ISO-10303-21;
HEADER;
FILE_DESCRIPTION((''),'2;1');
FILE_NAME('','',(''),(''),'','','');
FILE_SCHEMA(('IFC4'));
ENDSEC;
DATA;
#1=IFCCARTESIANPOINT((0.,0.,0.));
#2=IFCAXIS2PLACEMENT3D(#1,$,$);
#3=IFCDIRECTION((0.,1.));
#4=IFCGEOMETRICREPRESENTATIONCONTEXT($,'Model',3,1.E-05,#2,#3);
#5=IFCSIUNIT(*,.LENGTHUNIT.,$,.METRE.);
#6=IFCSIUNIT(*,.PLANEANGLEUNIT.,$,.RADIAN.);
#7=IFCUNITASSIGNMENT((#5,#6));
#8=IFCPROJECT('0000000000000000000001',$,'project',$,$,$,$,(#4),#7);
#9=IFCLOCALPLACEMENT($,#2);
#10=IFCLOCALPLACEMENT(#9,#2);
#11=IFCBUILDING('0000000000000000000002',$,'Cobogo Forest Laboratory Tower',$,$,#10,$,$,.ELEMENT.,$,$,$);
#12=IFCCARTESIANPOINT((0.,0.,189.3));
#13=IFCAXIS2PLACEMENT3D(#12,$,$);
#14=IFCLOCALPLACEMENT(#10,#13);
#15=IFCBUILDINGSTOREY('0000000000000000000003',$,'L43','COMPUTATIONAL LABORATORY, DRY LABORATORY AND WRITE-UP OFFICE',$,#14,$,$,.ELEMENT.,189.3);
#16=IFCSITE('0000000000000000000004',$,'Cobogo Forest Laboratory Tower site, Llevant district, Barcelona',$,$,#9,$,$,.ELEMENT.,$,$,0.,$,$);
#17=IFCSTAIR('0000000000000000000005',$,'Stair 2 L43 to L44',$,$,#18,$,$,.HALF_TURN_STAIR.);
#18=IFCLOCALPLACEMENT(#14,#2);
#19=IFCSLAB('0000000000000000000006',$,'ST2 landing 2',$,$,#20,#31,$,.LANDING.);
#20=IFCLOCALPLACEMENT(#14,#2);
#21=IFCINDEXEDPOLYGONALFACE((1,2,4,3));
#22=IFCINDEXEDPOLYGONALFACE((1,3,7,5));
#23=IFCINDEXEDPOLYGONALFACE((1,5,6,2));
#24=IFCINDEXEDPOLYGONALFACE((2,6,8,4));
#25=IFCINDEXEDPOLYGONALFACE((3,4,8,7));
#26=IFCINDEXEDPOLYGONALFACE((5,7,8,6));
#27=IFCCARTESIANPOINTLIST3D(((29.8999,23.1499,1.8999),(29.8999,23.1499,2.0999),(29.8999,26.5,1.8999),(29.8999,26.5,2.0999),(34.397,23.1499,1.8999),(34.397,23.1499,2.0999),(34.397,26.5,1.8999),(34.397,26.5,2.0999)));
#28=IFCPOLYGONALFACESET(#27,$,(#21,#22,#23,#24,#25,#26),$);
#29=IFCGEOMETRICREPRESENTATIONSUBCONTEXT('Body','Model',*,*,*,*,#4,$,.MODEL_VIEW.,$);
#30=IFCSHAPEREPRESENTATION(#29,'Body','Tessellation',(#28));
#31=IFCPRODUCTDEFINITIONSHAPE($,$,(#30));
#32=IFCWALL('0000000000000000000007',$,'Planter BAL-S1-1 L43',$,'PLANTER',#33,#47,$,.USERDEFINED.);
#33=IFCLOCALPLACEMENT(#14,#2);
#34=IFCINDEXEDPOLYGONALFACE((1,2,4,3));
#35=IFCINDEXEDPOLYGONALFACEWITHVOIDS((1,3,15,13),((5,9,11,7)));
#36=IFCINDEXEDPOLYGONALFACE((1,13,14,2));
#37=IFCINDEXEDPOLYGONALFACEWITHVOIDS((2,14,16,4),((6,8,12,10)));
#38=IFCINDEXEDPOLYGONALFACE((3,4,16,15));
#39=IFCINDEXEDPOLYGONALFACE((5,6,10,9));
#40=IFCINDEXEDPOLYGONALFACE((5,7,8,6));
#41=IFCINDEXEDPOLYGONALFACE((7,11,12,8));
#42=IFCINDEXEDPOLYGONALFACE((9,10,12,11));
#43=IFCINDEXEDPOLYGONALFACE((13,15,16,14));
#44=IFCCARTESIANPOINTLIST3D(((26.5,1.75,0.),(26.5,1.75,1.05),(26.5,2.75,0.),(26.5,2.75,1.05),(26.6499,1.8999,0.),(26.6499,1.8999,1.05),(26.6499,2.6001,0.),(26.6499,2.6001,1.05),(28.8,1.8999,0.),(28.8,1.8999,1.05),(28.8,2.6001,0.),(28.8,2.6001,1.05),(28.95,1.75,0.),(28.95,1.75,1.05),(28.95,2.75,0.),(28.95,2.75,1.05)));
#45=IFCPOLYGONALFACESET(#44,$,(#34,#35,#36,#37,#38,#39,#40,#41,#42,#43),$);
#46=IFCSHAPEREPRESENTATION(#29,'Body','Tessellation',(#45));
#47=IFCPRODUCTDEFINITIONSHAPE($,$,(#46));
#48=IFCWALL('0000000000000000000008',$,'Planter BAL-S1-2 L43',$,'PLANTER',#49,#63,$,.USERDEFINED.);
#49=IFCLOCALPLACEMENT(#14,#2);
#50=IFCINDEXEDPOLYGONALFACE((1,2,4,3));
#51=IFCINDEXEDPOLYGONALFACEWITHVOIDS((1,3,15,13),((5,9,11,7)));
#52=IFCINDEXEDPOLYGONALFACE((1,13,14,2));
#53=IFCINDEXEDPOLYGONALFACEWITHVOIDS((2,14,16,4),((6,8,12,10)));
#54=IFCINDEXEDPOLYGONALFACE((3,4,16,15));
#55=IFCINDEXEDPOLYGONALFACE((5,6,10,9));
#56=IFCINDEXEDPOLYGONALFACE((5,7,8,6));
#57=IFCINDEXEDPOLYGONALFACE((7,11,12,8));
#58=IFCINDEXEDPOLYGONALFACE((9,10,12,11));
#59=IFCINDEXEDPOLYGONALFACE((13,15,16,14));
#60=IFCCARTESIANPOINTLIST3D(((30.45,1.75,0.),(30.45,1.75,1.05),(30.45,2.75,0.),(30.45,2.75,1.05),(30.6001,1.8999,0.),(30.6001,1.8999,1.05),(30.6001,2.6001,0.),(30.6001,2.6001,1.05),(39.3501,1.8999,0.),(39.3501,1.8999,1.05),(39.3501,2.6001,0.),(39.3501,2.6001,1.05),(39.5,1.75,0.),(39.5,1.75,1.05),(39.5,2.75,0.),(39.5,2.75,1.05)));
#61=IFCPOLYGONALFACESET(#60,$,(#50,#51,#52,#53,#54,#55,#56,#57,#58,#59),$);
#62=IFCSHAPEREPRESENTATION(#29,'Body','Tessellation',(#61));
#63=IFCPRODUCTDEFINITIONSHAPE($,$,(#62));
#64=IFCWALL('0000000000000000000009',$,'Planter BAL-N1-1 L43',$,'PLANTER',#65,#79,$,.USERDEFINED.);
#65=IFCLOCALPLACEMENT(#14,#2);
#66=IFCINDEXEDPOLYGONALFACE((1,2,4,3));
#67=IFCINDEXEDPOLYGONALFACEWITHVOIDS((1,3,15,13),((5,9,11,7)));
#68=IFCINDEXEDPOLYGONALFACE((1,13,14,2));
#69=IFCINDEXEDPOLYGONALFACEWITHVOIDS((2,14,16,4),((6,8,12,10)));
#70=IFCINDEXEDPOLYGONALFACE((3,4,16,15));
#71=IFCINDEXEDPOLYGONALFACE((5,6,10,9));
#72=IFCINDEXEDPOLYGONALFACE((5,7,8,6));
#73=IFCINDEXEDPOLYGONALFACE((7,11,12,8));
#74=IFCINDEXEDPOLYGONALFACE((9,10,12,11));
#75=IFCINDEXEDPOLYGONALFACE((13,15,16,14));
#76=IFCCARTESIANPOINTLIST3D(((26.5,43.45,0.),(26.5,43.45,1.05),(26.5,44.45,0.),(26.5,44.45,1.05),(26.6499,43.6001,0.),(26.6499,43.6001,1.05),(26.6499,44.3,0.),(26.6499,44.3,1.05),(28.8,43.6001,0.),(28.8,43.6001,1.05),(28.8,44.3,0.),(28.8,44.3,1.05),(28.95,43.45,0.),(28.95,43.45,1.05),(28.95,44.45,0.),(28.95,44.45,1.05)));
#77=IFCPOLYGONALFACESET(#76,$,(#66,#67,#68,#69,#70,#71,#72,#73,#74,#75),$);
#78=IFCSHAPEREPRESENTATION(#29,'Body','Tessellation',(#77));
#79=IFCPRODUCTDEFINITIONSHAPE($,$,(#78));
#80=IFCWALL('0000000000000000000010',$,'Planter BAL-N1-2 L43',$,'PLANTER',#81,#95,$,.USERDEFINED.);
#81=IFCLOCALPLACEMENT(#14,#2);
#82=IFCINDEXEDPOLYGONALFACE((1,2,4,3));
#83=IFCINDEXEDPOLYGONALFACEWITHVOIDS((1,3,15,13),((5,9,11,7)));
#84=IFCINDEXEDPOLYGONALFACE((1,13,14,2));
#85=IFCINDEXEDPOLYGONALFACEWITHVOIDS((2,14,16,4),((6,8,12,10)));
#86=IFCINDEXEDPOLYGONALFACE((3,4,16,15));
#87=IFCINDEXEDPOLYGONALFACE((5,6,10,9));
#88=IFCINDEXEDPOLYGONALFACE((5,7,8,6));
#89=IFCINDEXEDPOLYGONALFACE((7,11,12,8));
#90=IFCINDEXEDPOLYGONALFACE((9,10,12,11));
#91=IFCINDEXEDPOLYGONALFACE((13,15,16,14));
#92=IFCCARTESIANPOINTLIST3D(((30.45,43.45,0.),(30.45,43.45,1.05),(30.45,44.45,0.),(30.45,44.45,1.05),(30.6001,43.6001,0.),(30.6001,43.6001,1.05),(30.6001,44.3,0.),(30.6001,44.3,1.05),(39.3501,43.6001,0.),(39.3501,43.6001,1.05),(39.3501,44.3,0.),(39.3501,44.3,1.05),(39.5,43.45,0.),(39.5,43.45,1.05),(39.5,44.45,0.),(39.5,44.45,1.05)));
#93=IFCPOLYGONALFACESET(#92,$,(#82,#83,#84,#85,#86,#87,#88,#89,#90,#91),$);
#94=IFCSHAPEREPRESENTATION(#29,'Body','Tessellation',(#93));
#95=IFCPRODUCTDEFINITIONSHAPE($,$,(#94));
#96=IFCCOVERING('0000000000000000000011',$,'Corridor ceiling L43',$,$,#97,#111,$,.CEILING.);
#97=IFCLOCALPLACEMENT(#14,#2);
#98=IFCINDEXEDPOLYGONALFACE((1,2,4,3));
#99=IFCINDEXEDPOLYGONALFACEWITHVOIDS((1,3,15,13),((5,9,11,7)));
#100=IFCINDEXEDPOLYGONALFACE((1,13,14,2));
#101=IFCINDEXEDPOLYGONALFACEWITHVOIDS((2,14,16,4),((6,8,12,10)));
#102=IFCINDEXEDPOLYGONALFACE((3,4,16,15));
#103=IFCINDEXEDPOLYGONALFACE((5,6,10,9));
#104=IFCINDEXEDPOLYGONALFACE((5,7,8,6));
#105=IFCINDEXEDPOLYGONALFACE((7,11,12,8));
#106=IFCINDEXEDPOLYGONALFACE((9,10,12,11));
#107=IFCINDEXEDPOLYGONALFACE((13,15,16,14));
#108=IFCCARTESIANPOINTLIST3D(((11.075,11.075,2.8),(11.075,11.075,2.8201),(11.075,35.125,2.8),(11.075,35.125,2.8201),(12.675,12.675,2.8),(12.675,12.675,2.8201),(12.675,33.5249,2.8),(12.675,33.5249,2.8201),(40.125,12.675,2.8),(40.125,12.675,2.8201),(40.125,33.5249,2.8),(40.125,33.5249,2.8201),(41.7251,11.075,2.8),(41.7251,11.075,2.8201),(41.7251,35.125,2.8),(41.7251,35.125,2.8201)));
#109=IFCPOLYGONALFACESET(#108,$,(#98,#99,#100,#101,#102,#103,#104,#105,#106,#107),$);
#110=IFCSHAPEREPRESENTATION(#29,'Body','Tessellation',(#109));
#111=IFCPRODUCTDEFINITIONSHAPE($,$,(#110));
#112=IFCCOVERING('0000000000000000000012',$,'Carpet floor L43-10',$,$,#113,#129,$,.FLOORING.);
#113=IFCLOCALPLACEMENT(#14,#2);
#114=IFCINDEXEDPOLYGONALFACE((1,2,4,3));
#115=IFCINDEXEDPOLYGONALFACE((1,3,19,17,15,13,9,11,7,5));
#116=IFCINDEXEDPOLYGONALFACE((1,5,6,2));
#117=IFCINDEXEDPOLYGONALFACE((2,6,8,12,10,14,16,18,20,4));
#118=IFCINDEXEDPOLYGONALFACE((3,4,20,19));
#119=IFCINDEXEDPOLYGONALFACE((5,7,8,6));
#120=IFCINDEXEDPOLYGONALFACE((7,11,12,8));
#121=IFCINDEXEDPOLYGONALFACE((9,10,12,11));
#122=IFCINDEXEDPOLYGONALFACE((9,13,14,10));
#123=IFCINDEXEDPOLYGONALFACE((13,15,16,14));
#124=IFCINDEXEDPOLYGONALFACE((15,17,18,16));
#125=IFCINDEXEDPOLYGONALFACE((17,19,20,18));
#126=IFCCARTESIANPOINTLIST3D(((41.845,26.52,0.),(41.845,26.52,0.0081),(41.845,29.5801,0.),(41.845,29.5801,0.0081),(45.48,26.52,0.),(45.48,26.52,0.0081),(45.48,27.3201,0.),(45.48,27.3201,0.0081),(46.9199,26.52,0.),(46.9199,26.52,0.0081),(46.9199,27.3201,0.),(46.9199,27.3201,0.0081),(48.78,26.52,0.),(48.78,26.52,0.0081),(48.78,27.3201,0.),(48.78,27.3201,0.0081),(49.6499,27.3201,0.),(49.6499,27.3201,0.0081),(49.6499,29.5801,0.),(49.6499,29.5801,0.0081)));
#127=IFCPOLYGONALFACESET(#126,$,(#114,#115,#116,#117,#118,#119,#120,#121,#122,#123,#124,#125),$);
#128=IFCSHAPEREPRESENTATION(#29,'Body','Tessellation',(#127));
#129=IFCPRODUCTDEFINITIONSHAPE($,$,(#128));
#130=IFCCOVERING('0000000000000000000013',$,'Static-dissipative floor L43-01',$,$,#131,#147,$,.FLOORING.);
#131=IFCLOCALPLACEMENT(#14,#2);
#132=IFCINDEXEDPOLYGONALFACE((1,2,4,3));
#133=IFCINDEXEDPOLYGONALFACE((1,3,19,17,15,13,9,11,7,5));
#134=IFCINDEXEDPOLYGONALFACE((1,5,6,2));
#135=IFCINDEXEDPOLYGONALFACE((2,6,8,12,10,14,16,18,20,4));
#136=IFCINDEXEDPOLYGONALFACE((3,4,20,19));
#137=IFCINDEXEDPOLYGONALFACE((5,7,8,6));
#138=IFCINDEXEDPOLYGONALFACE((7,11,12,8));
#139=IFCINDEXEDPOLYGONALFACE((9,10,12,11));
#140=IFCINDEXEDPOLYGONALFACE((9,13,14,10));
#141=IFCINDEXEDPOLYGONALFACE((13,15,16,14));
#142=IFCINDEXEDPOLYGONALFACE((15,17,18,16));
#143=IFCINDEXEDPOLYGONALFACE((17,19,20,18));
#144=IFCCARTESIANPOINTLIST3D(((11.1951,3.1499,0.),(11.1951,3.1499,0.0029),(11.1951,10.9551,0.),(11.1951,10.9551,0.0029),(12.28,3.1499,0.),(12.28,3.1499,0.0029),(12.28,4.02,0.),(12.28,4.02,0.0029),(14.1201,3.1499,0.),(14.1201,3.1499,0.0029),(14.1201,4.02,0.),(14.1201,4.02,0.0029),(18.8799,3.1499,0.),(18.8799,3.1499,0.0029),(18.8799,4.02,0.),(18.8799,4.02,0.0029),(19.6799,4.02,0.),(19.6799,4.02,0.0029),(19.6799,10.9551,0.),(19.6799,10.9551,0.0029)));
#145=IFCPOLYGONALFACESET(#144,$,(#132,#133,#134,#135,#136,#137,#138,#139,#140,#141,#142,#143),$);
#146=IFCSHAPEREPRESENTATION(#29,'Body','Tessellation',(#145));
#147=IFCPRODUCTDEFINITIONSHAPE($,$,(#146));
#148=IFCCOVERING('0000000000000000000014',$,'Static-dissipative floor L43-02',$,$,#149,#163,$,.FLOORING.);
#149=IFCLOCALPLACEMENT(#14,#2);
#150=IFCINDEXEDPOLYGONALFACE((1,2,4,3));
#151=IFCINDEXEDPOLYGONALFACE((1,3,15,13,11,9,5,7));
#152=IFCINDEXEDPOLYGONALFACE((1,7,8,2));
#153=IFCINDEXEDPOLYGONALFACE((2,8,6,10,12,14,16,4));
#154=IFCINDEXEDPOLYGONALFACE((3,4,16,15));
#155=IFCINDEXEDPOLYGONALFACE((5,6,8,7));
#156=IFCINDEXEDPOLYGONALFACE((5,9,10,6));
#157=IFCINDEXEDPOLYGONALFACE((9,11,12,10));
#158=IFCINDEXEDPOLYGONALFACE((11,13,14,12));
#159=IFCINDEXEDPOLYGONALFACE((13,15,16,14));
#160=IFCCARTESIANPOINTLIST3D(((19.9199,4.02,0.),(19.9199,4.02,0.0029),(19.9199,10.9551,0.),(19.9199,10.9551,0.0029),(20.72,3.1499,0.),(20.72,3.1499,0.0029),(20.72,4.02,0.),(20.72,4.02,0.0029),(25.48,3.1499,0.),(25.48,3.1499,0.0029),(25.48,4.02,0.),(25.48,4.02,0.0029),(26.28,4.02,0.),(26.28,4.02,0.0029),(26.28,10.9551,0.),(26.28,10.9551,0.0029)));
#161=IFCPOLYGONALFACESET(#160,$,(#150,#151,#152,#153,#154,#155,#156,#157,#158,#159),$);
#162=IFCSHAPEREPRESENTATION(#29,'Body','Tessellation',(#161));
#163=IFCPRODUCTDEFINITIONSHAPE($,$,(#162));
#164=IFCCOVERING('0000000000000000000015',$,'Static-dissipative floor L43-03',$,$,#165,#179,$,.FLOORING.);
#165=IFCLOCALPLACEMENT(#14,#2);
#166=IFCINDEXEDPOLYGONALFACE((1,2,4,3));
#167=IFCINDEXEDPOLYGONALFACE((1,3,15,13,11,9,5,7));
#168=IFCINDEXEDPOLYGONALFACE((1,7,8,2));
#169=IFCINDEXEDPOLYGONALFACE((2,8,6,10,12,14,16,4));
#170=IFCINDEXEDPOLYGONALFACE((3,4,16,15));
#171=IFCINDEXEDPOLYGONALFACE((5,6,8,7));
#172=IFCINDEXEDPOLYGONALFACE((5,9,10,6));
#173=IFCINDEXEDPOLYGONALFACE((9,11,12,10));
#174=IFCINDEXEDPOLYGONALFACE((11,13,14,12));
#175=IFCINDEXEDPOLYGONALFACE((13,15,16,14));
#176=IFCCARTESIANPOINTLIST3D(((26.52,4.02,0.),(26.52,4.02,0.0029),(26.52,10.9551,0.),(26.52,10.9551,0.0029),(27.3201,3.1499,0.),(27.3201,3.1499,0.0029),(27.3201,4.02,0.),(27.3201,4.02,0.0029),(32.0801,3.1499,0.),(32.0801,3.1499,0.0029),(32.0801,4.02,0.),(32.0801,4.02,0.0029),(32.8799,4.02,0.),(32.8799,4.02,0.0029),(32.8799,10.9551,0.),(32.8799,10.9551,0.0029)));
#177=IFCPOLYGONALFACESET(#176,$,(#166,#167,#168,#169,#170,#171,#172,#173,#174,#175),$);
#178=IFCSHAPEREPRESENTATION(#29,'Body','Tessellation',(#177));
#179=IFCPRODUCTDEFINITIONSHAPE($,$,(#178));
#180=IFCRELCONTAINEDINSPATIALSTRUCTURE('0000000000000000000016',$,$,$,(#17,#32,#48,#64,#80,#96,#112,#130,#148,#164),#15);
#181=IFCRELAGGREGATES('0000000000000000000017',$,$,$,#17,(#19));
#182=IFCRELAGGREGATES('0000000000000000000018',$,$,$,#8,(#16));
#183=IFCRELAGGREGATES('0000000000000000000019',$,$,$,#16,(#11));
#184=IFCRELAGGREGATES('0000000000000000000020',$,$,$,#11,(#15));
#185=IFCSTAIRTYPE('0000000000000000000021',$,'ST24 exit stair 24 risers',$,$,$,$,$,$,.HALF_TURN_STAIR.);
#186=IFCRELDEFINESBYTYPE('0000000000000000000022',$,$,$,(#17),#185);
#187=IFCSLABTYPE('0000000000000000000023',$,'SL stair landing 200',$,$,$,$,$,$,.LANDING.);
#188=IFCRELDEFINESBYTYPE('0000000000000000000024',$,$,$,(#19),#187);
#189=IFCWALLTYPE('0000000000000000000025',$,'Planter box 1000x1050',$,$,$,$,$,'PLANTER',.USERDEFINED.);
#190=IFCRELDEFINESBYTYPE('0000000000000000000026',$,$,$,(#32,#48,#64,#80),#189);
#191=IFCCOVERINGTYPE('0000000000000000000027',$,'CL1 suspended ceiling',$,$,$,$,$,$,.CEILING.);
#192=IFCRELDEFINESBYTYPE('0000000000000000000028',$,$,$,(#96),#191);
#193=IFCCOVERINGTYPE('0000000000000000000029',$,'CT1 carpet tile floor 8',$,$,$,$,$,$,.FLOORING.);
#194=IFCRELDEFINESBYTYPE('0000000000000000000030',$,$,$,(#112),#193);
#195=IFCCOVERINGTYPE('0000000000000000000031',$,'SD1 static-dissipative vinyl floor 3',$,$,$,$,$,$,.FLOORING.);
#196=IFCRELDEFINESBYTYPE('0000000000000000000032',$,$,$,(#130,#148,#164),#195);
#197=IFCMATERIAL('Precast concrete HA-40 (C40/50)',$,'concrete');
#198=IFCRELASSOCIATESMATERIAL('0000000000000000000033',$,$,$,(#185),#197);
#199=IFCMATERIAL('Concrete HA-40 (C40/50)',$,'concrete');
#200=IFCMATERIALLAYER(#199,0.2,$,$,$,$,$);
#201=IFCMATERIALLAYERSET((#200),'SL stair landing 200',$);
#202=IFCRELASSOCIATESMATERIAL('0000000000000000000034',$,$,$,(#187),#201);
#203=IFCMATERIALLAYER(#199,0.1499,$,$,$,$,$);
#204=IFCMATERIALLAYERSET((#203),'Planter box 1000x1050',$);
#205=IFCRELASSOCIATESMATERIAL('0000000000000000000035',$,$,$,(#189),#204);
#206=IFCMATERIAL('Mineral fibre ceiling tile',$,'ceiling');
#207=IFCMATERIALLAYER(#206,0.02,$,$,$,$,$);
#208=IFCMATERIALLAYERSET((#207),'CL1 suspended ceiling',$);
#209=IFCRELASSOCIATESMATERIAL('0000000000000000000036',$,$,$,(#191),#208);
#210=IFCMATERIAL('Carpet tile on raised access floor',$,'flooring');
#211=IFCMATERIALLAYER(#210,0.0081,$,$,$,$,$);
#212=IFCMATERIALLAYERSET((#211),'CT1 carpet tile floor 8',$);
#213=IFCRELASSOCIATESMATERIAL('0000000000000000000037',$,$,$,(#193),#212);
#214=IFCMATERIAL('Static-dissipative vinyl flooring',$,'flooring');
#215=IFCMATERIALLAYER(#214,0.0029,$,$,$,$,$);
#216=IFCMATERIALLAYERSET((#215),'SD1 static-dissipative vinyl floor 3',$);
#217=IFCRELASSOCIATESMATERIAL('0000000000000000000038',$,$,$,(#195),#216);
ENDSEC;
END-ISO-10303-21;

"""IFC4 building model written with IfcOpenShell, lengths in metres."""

from ifc_helpers import new_model, si_unit, direction, frame, origin, place, context, subcontext, project, spatial, polyline, outline, extrude, material, layer, layer_set, type_object, element, aggregate, save


model = new_model("IFC4")

# Units and contexts
model_context = context("Model", 3, precision=1e-05, world=origin(), true_north=direction((0.0, 1.0)))
body_context = subcontext(model_context, "Body", "Model", "MODEL_VIEW")
ifc_project = project(units=[si_unit("LENGTHUNIT", "METRE"), si_unit("PLANEANGLEUNIT", "RADIAN")], contexts=[model_context])

# Site, building, storey
site_placement = place(None, origin())
site = spatial("IfcSite", under=ifc_project, at=site_placement, Name="Cobogo Forest Laboratory Tower site, Llevant district, Barcelona", CompositionType="ELEMENT", RefElevation=0.0)
building_placement = place(site_placement, origin())
building = spatial("IfcBuilding", under=site, at=building_placement, Name="Cobogo Forest Laboratory Tower", CompositionType="ELEMENT")
storey_placement = place(building_placement, frame((0.0, 0.0, 189.3)))
storey = spatial("IfcBuildingStorey", under=building, at=storey_placement, Name="L43", Description="COMPUTATIONAL LABORATORY, DRY LABORATORY AND WRITE-UP OFFICE", CompositionType="ELEMENT", Elevation=189.3)

# Shared definitions
ifc_material_1 = material(Name="Concrete HA-40 (C40/50)", Category="concrete")

# Stair, slab
ifc_material_2 = material(Name="Precast concrete HA-40 (C40/50)", Category="concrete")
stair_type = type_object("IfcStairType", Name="ST24 exit stair 24 risers", PredefinedType="HALF_TURN_STAIR", material=ifc_material_2)
ifc_layer_1 = layer(ifc_material_1, 0.2)
ifc_layer_set_1 = layer_set([ifc_layer_1], Name="SL stair landing 200")
slab_type_1 = type_object("IfcSlabType", Name="SL stair landing 200", PredefinedType="LANDING", material=ifc_layer_set_1)
stair_1_placement = place(storey_placement, origin())
stair_1 = element("IfcStair", 1, at=stair_1_placement, inside=storey, type_object=stair_type, Name="Stair 2 L43 to L44", PredefinedType="HALF_TURN_STAIR")
slab_1_placement = place(storey_placement, frame((0.0, 0.0, 1.8999)))
slab_1 = element("IfcSlab", 2, at=slab_1_placement, type_object=slab_type_1, Name="ST2 landing 2", PredefinedType="LANDING", context=body_context, shape_type="SweptSolid", body=[
    extrude(outline(polyline([(29.8999, 23.1499), (34.397, 23.1499), (34.397, 26.5), (29.8999, 26.5), (29.8999, 23.1499)])), origin(), (0.0, 0.0, 1.0), 0.2),
])
aggregate(stair_1, [slab_1])

# Walls
ifc_layer_2 = layer(ifc_material_1, 0.1499)
ifc_layer_set_2 = layer_set([ifc_layer_2], Name="Planter box 1000x1050")
wall_type = type_object("IfcWallType", Name="Planter box 1000x1050", ElementType="PLANTER", PredefinedType="USERDEFINED", material=ifc_layer_set_2)
wall_1_placement = place(storey_placement, origin())
element("IfcWall", 3, at=wall_1_placement, inside=storey, type_object=wall_type, Name="Planter BAL-S1-1 L43", ObjectType="PLANTER", PredefinedType="USERDEFINED", context=body_context, shape_type="SweptSolid", body=[
    extrude(outline(polyline([(26.5, 1.75), (28.95, 1.75), (28.95, 2.75), (26.5, 2.75), (26.5, 1.75)]), holes=[polyline([(26.6499, 1.8999), (28.8, 1.8999), (28.8, 2.6001), (26.6499, 2.6001), (26.6499, 1.8999)])]), origin(), (0.0, 0.0, 1.0), 1.05),
])
wall_2_placement = place(storey_placement, origin())
element("IfcWall", 4, at=wall_2_placement, inside=storey, type_object=wall_type, Name="Planter BAL-S1-2 L43", ObjectType="PLANTER", PredefinedType="USERDEFINED", context=body_context, shape_type="SweptSolid", body=[
    extrude(outline(polyline([(30.45, 1.75), (39.5, 1.75), (39.5, 2.75), (30.45, 2.75), (30.45, 1.75)]), holes=[polyline([(30.6001, 1.8999), (39.3501, 1.8999), (39.3501, 2.6001), (30.6001, 2.6001), (30.6001, 1.8999)])]), origin(), (0.0, 0.0, 1.0), 1.05),
])
wall_3_placement = place(storey_placement, origin())
element("IfcWall", 5, at=wall_3_placement, inside=storey, type_object=wall_type, Name="Planter BAL-N1-1 L43", ObjectType="PLANTER", PredefinedType="USERDEFINED", context=body_context, shape_type="SweptSolid", body=[
    extrude(outline(polyline([(26.5, 43.45), (28.95, 43.45), (28.95, 44.45), (26.5, 44.45), (26.5, 43.45)]), holes=[polyline([(26.6499, 43.6001), (28.8, 43.6001), (28.8, 44.3), (26.6499, 44.3), (26.6499, 43.6001)])]), origin(), (0.0, 0.0, 1.0), 1.05),
])
wall_4_placement = place(storey_placement, origin())
element("IfcWall", 6, at=wall_4_placement, inside=storey, type_object=wall_type, Name="Planter BAL-N1-2 L43", ObjectType="PLANTER", PredefinedType="USERDEFINED", context=body_context, shape_type="SweptSolid", body=[
    extrude(outline(polyline([(30.45, 43.45), (39.5, 43.45), (39.5, 44.45), (30.45, 44.45), (30.45, 43.45)]), holes=[polyline([(30.6001, 43.6001), (39.3501, 43.6001), (39.3501, 44.3), (30.6001, 44.3), (30.6001, 43.6001)])]), origin(), (0.0, 0.0, 1.0), 1.05),
])

# Coverings
ifc_material_3 = material(Name="Mineral fibre ceiling tile", Category="ceiling")
ifc_layer_3 = layer(ifc_material_3, 0.02)
ifc_layer_set_3 = layer_set([ifc_layer_3], Name="CL1 suspended ceiling")
covering_type_1 = type_object("IfcCoveringType", Name="CL1 suspended ceiling", PredefinedType="CEILING", material=ifc_layer_set_3)
covering_1_placement = place(storey_placement, frame((0.0, 0.0, 2.8)))
element("IfcCovering", 7, at=covering_1_placement, inside=storey, type_object=covering_type_1, Name="Corridor ceiling L43", PredefinedType="CEILING", context=body_context, shape_type="SweptSolid", body=[
    extrude(outline(polyline([(11.075, 11.075), (11.075, 35.125), (41.7251, 35.125), (41.7251, 11.075), (11.075, 11.075)]), holes=[polyline([(40.125, 33.5249), (12.675, 33.5249), (12.675, 12.675), (40.125, 12.675), (40.125, 33.5249)])]), origin(), (0.0, 0.0, 1.0), 0.02),
])
ifc_material_4 = material(Name="Carpet tile on raised access floor", Category="flooring")
ifc_layer_4 = layer(ifc_material_4, 0.0081)
ifc_layer_set_4 = layer_set([ifc_layer_4], Name="CT1 carpet tile floor 8")
covering_type_2 = type_object("IfcCoveringType", Name="CT1 carpet tile floor 8", PredefinedType="FLOORING", material=ifc_layer_set_4)
covering_2_placement = place(storey_placement, origin())
element("IfcCovering", 8, at=covering_2_placement, inside=storey, type_object=covering_type_2, Name="Carpet floor L43-10", PredefinedType="FLOORING", context=body_context, shape_type="SweptSolid", body=[
    extrude(outline(polyline([(41.845, 29.5801), (49.6499, 29.5801), (49.6499, 27.3201), (48.78, 27.3201), (48.78, 26.52), (46.9199, 26.52), (46.9199, 27.3201), (45.48, 27.3201), (45.48, 26.52), (41.845, 26.52), (41.845, 29.5801)])), origin(), (0.0, 0.0, 1.0), 0.0081),
])
ifc_material_5 = material(Name="Static-dissipative vinyl flooring", Category="flooring")
ifc_layer_5 = layer(ifc_material_5, 0.0029)
ifc_layer_set_5 = layer_set([ifc_layer_5], Name="SD1 static-dissipative vinyl floor 3")
covering_type_3 = type_object("IfcCoveringType", Name="SD1 static-dissipative vinyl floor 3", PredefinedType="FLOORING", material=ifc_layer_set_5)
covering_3_placement = place(storey_placement, origin())
element("IfcCovering", 9, at=covering_3_placement, inside=storey, type_object=covering_type_3, Name="Static-dissipative floor L43-01", PredefinedType="FLOORING", context=body_context, shape_type="SweptSolid", body=[
    extrude(outline(polyline([(19.6799, 10.9551), (19.6799, 4.02), (18.8799, 4.02), (18.8799, 3.1499), (14.1201, 3.1499), (14.1201, 4.02), (12.28, 4.02), (12.28, 3.1499), (11.1951, 3.1499), (11.1951, 10.9551), (19.6799, 10.9551)])), origin(), (0.0, 0.0, 1.0), 0.0029),
])
covering_4_placement = place(storey_placement, origin())
element("IfcCovering", 10, at=covering_4_placement, inside=storey, type_object=covering_type_3, Name="Static-dissipative floor L43-02", PredefinedType="FLOORING", context=body_context, shape_type="SweptSolid", body=[
    extrude(outline(polyline([(26.28, 10.9551), (26.28, 4.02), (25.48, 4.02), (25.48, 3.1499), (20.72, 3.1499), (20.72, 4.02), (19.9199, 4.02), (19.9199, 10.9551), (26.28, 10.9551)])), origin(), (0.0, 0.0, 1.0), 0.0029),
])
covering_5_placement = place(storey_placement, origin())
element("IfcCovering", 11, at=covering_5_placement, inside=storey, type_object=covering_type_3, Name="Static-dissipative floor L43-03", PredefinedType="FLOORING", context=body_context, shape_type="SweptSolid", body=[
    extrude(outline(polyline([(32.8799, 10.9551), (32.8799, 4.02), (32.0801, 4.02), (32.0801, 3.1499), (27.3201, 3.1499), (27.3201, 4.02), (26.52, 4.02), (26.52, 10.9551), (32.8799, 10.9551)])), origin(), (0.0, 0.0, 1.0), 0.0029),
])

save(model, "model.ifc")
